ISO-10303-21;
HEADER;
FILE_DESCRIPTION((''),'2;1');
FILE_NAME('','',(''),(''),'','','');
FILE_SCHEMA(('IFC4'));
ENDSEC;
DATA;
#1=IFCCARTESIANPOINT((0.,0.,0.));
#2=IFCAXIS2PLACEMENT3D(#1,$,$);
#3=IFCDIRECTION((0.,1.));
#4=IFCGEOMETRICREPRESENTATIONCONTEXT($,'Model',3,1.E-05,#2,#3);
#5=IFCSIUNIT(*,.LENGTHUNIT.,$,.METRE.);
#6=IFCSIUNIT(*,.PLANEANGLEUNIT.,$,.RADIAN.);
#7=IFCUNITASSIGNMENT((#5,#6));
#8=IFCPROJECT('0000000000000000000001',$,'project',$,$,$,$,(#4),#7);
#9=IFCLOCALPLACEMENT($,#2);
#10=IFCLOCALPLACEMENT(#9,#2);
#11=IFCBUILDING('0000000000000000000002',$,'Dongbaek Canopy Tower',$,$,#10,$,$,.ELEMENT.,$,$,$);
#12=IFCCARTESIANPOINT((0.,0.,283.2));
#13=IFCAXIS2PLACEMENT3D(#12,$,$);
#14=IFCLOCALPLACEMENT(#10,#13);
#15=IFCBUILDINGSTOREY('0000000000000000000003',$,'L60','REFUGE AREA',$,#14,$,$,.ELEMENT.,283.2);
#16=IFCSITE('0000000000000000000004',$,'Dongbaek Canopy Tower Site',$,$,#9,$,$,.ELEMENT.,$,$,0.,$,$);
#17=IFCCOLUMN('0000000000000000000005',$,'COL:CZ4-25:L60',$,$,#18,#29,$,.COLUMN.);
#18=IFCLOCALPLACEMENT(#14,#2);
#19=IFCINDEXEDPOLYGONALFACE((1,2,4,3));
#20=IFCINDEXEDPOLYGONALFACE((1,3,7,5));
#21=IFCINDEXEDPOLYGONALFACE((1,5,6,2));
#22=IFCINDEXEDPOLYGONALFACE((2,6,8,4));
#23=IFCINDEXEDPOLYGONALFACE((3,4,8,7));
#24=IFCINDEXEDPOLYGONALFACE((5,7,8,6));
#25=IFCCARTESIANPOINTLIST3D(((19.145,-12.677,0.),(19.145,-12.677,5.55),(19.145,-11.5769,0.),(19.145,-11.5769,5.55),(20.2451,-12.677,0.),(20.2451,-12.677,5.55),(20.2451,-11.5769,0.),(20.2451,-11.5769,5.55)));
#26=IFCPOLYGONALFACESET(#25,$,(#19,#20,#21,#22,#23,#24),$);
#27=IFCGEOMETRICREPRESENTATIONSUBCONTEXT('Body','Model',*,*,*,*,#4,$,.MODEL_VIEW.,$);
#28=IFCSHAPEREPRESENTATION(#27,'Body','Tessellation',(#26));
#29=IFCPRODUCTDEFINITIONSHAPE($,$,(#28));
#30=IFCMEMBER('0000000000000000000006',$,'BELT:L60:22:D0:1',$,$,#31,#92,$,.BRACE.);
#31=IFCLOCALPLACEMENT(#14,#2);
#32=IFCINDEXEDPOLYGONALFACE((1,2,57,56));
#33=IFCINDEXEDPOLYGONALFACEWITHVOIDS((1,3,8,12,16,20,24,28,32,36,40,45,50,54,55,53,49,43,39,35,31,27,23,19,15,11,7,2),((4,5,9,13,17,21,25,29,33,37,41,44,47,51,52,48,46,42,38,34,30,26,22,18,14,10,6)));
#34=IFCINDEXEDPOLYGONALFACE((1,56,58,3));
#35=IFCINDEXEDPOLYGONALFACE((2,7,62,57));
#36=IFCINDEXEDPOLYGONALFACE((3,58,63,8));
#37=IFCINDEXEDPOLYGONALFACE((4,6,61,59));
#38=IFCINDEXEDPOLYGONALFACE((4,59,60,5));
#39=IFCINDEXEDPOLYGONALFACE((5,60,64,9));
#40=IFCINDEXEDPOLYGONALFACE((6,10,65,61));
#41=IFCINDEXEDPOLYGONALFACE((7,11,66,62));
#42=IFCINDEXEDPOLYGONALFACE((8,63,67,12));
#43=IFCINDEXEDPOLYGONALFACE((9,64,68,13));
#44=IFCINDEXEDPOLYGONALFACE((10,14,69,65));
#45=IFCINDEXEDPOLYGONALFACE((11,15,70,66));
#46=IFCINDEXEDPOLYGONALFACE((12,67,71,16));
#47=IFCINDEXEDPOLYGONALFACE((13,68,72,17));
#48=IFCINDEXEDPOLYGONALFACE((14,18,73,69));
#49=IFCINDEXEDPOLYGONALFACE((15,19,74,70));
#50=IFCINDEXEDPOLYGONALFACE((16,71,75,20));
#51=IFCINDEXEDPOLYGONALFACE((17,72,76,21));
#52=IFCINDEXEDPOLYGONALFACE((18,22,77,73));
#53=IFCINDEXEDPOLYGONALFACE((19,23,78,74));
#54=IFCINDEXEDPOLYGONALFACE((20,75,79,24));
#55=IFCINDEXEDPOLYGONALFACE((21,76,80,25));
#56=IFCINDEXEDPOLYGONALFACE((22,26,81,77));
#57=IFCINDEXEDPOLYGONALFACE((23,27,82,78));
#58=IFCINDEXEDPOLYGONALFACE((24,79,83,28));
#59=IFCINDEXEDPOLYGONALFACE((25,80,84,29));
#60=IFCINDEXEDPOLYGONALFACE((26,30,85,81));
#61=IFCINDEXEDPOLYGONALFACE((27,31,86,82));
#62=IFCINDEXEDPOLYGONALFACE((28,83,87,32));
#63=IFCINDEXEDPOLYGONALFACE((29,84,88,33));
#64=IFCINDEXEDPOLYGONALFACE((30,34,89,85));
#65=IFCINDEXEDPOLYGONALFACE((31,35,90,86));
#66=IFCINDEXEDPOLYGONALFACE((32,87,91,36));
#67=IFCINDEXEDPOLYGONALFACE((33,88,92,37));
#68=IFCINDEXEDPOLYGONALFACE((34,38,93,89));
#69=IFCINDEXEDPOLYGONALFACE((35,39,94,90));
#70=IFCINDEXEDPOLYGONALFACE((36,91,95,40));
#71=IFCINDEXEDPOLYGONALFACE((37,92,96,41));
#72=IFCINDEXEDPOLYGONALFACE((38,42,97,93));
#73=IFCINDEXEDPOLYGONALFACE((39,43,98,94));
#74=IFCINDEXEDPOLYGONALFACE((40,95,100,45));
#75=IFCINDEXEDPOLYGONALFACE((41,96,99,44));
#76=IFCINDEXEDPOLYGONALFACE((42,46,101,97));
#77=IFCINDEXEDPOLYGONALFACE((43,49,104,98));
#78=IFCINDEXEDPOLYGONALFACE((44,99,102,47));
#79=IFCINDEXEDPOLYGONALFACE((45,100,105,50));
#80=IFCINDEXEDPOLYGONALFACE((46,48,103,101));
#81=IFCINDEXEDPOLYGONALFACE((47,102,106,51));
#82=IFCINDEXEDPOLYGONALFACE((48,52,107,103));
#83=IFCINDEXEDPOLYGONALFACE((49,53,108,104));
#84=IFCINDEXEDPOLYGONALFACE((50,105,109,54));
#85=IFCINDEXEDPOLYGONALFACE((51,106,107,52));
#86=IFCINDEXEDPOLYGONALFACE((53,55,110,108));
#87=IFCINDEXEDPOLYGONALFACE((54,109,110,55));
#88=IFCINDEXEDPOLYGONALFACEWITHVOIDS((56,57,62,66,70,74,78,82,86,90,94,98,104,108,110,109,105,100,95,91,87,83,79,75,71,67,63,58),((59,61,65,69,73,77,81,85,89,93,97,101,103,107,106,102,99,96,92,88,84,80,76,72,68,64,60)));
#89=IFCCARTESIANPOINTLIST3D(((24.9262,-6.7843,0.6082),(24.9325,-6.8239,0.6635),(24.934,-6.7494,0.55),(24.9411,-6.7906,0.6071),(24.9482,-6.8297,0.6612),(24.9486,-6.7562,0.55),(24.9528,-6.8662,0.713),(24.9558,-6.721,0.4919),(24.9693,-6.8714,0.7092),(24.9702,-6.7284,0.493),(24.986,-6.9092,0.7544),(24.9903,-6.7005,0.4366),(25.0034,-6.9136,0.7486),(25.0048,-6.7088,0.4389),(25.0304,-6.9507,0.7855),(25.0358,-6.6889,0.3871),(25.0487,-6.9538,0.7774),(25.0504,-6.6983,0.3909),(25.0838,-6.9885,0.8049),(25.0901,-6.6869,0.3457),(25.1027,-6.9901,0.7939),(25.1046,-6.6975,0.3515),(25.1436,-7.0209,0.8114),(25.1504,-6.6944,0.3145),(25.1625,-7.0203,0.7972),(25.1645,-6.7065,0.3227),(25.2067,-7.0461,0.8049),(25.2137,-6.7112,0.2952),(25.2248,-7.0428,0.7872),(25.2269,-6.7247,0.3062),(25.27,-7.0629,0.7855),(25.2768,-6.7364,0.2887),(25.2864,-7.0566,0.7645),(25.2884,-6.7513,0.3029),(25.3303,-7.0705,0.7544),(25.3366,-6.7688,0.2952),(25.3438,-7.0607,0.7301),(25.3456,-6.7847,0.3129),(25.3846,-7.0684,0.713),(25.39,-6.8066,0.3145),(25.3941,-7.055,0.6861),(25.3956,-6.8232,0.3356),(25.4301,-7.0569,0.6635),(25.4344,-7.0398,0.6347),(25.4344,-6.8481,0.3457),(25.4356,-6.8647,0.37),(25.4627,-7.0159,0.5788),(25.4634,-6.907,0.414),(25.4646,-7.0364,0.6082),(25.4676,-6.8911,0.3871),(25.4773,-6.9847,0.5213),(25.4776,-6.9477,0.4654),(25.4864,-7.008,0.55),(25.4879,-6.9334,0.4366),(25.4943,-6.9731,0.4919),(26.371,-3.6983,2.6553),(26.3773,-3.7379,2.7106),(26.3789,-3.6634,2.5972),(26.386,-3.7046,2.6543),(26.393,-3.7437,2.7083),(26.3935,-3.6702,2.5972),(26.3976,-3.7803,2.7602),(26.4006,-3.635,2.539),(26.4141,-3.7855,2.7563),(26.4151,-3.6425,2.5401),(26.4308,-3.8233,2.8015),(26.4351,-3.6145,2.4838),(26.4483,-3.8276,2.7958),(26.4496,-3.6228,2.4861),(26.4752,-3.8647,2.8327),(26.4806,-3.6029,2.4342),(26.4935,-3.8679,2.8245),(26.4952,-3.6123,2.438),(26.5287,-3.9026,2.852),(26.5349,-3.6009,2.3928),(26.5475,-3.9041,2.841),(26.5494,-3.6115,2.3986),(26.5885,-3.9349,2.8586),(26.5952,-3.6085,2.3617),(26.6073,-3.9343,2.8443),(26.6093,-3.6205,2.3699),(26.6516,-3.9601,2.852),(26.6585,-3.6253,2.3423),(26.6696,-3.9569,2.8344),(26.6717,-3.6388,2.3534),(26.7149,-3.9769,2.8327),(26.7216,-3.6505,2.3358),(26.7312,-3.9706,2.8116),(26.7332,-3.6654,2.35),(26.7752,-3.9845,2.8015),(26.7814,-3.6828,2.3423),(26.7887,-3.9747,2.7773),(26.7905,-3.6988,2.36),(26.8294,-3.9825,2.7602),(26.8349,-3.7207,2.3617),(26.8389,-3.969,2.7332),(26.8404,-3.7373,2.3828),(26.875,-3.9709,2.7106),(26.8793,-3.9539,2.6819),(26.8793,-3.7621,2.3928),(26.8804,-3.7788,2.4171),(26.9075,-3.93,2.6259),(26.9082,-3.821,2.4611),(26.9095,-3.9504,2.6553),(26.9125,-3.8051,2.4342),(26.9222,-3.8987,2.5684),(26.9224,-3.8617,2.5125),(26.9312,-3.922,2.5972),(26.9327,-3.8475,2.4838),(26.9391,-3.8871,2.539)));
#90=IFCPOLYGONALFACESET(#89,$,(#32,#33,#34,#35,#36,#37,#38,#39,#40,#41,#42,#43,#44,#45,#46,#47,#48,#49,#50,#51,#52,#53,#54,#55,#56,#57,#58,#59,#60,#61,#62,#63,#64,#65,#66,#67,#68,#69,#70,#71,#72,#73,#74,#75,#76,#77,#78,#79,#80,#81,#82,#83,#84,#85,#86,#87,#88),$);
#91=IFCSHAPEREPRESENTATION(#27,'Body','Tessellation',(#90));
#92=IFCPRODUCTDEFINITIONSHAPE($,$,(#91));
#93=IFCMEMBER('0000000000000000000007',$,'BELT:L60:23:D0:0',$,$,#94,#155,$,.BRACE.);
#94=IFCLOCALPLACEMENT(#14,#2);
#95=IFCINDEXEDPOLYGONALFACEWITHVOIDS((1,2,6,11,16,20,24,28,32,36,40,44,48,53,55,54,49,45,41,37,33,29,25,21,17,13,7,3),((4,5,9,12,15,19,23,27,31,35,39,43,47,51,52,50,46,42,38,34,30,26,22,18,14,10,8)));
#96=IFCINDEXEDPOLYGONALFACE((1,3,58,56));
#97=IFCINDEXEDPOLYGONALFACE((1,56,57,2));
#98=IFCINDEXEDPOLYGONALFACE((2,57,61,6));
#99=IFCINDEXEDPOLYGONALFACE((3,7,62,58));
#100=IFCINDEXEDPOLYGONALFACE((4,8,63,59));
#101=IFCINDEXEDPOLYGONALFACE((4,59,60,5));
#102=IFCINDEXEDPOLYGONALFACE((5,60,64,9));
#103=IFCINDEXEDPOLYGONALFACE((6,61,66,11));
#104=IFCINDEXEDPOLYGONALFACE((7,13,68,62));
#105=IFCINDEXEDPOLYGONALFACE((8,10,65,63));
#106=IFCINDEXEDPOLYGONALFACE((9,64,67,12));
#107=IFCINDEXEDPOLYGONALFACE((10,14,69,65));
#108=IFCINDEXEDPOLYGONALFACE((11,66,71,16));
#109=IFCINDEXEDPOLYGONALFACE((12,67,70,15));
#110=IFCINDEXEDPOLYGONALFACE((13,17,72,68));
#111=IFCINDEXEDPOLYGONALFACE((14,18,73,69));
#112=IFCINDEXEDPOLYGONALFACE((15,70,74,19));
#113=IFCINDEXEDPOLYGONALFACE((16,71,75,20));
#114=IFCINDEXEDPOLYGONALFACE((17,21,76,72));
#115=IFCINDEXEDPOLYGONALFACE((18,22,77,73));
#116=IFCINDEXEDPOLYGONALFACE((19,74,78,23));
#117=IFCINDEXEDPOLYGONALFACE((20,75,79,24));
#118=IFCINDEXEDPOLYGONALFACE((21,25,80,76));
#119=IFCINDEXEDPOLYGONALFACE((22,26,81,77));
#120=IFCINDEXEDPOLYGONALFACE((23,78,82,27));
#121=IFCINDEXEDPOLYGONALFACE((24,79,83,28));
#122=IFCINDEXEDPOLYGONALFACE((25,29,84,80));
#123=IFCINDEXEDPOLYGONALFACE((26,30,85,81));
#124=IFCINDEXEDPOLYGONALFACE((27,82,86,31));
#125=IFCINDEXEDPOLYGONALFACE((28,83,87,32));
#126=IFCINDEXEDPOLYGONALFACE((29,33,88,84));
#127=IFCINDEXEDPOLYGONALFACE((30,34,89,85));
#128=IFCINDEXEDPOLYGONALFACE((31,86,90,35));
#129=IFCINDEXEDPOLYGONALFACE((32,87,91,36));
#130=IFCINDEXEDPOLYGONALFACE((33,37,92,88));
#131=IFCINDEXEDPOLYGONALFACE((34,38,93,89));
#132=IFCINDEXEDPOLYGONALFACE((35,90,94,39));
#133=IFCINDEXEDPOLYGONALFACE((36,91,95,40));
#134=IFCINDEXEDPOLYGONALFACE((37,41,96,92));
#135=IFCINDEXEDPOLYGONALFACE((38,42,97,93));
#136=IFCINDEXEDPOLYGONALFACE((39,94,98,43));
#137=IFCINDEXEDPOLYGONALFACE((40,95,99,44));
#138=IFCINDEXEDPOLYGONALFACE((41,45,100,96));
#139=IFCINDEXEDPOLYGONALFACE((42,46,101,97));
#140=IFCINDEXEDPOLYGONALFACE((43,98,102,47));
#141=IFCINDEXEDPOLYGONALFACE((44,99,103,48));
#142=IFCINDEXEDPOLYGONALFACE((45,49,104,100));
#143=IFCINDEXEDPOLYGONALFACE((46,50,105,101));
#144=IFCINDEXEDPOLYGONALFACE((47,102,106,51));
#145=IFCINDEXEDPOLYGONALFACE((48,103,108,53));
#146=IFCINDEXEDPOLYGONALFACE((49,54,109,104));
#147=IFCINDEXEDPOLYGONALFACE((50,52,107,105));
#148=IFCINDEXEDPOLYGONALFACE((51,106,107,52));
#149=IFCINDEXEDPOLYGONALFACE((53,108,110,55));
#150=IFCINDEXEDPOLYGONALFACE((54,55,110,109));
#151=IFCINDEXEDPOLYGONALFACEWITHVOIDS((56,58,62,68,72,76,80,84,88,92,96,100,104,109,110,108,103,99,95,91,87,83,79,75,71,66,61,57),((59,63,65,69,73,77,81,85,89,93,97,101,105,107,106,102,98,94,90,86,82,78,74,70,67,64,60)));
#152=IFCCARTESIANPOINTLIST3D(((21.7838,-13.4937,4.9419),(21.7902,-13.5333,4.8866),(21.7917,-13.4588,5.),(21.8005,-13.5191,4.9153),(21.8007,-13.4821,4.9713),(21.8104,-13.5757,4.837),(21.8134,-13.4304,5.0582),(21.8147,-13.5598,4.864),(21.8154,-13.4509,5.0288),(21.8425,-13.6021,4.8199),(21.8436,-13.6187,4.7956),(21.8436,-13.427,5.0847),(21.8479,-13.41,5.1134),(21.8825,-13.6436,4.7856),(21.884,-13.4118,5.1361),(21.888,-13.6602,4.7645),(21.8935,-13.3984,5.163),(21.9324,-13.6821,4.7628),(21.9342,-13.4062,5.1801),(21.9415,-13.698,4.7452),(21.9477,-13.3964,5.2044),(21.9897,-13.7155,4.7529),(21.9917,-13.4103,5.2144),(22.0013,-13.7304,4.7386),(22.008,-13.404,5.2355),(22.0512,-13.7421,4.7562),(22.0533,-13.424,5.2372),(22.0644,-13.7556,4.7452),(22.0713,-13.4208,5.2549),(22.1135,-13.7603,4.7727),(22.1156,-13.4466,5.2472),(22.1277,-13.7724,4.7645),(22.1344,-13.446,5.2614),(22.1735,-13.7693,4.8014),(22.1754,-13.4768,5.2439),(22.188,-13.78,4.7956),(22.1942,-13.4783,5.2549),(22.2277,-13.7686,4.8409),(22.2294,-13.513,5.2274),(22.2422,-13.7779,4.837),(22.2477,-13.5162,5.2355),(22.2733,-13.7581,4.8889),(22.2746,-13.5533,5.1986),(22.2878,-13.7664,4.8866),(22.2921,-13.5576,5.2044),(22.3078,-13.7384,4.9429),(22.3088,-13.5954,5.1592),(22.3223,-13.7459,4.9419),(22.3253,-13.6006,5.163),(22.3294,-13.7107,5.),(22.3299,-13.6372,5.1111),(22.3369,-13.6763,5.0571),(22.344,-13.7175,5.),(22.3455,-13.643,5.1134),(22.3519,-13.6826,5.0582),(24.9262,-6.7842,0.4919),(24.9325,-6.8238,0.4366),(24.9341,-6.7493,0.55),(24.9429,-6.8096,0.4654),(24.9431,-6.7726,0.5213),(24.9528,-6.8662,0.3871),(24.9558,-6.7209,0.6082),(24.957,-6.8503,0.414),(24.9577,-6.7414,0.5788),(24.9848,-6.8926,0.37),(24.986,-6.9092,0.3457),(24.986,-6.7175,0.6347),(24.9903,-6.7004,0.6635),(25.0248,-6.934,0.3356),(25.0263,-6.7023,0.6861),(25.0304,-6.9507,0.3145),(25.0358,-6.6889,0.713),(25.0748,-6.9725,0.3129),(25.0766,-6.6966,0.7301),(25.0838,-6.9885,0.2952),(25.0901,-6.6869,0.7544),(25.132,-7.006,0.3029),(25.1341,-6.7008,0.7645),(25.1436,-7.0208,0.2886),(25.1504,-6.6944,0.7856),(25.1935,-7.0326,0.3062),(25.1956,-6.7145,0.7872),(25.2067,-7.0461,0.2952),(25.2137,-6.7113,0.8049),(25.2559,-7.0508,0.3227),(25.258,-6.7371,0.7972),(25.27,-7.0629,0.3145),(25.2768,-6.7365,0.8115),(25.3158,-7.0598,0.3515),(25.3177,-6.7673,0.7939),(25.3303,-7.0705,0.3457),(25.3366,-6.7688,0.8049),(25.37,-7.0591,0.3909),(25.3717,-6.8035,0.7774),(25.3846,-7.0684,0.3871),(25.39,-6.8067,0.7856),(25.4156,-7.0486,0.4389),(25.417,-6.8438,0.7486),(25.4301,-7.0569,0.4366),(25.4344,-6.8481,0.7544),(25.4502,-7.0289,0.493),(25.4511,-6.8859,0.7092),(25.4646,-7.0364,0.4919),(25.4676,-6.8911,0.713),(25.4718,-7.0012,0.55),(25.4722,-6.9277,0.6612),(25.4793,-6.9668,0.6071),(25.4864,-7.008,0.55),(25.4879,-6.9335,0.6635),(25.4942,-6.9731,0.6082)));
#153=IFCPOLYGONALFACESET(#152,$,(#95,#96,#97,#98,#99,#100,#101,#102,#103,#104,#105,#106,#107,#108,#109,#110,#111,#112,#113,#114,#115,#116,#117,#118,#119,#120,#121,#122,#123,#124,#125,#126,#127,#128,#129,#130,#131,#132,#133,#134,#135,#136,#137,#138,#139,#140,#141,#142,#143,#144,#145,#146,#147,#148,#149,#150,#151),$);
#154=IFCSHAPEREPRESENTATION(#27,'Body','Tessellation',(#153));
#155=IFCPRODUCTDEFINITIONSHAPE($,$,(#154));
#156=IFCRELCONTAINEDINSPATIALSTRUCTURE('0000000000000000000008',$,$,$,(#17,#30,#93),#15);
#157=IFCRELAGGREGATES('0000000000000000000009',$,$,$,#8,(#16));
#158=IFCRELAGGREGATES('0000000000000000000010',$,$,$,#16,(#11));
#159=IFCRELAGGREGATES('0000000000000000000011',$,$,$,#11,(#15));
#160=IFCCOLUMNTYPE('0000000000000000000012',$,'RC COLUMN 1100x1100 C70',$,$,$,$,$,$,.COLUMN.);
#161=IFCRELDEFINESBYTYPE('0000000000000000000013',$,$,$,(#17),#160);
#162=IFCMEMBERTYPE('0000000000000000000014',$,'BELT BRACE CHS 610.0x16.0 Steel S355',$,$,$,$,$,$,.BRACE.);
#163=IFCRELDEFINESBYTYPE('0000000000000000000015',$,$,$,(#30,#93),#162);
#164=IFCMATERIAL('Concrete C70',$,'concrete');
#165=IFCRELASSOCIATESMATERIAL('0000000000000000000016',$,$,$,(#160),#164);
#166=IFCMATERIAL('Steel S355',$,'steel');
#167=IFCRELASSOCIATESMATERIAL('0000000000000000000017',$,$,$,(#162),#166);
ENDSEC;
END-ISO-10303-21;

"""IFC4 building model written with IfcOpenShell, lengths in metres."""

from ifc_helpers import new_model, si_unit, direction, frame, origin, origin_2d, place, context, subcontext, project, spatial, rectangle, hollow_circle, extrude, material, material_profile, profile_set, type_object, element, save


model = new_model("IFC4")

# Units and contexts
model_context = context("Model", 3, precision=1e-05, world=origin(), true_north=direction((0.0, 1.0)))
body_context = subcontext(model_context, "Body", "Model", "MODEL_VIEW")
ifc_project = project(units=[si_unit("LENGTHUNIT", "METRE"), si_unit("PLANEANGLEUNIT", "RADIAN")], contexts=[model_context])

# Site, building, storey
site_placement = place(None, origin())
site = spatial("IfcSite", under=ifc_project, at=site_placement, Name="Dongbaek Canopy Tower Site", CompositionType="ELEMENT", RefElevation=0.0)
building_placement = place(site_placement, origin())
building = spatial("IfcBuilding", under=site, at=building_placement, Name="Dongbaek Canopy Tower", CompositionType="ELEMENT")
storey_placement = place(building_placement, frame((0.0, 0.0, 283.2)))
storey = spatial("IfcBuildingStorey", under=building, at=storey_placement, Name="L60", Description="REFUGE AREA", CompositionType="ELEMENT", Elevation=283.2)

# Column
ifc_material_1 = material(Name="Concrete C70", Category="concrete")
ifc_material_profile_1 = material_profile(ifc_material_1, rectangle(XDim=1.1001, YDim=1.1001, at=origin_2d()), Name="RC COLUMN 1100x1100 C70")
ifc_profile_set_1 = profile_set([ifc_material_profile_1], Name="Concrete C70")
column_type = type_object("IfcColumnType", Name="RC COLUMN 1100x1100 C70", PredefinedType="COLUMN", material=ifc_profile_set_1)
column_placement = place(storey_placement, frame((19.6951, -12.127, 0.0), z_axis=(0.0, 0.0, 1.0), x_axis=(1.0, 0.0, 0.0)))
element("IfcColumn", 1, at=column_placement, inside=storey, type_object=column_type, Name="COL:CZ4-25:L60", PredefinedType="COLUMN", context=body_context, shape_type="SweptSolid", body=[
    extrude(rectangle(XDim=1.1001, YDim=1.1001, at=origin_2d()), origin(), (0.0, 0.0, 1.0), 5.55),
])

# Members
ifc_material_2 = material(Name="Steel S355", Category="steel")
ifc_material_profile_2 = material_profile(ifc_material_2, hollow_circle(Radius=0.3049, WallThickness=0.0161, at=origin_2d()), Name="BELT BRACE CHS 610.0x16.0 Steel S355")
ifc_profile_set_2 = profile_set([ifc_material_profile_2], Name="Steel S355")
member_type_1 = type_object("IfcMemberType", Name="BELT BRACE CHS 610.0x16.0 Steel S355", PredefinedType="BRACE", material=ifc_profile_set_2)
member_1_placement = place(storey_placement, frame((25.2102, -6.8787, 0.55), z_axis=(0.363471, 0.776322, 0.514989), x_axis=(-0.905652, 0.424023, 0.0)))
element("IfcMember", 2, at=member_1_placement, inside=storey, type_object=member_type_1, Name="BELT:L60:22:D0:1", PredefinedType="BRACE", context=body_context, shape_type="SweptSolid", body=[
    extrude(hollow_circle(Radius=0.3049, WallThickness=0.0161, at=origin_2d()), origin(), (0.0, 0.0, 1.0), 3.9751),
])
member_2_placement = place(storey_placement, frame((25.2102, -6.8787, 0.55), z_axis=(-0.36359, -0.776332, 0.51489), x_axis=(0.905601, -0.424132, 0.0)))
element("IfcMember", 3, at=member_2_placement, inside=storey, type_object=member_type_1, Name="BELT:L60:23:D0:0", PredefinedType="BRACE", context=body_context, shape_type="SweptSolid", body=[
    extrude(hollow_circle(Radius=0.3049, WallThickness=0.0161, at=origin_2d()), origin(), (0.0, 0.0, 1.0), 8.6426),
])

save(model, "model.ifc")
